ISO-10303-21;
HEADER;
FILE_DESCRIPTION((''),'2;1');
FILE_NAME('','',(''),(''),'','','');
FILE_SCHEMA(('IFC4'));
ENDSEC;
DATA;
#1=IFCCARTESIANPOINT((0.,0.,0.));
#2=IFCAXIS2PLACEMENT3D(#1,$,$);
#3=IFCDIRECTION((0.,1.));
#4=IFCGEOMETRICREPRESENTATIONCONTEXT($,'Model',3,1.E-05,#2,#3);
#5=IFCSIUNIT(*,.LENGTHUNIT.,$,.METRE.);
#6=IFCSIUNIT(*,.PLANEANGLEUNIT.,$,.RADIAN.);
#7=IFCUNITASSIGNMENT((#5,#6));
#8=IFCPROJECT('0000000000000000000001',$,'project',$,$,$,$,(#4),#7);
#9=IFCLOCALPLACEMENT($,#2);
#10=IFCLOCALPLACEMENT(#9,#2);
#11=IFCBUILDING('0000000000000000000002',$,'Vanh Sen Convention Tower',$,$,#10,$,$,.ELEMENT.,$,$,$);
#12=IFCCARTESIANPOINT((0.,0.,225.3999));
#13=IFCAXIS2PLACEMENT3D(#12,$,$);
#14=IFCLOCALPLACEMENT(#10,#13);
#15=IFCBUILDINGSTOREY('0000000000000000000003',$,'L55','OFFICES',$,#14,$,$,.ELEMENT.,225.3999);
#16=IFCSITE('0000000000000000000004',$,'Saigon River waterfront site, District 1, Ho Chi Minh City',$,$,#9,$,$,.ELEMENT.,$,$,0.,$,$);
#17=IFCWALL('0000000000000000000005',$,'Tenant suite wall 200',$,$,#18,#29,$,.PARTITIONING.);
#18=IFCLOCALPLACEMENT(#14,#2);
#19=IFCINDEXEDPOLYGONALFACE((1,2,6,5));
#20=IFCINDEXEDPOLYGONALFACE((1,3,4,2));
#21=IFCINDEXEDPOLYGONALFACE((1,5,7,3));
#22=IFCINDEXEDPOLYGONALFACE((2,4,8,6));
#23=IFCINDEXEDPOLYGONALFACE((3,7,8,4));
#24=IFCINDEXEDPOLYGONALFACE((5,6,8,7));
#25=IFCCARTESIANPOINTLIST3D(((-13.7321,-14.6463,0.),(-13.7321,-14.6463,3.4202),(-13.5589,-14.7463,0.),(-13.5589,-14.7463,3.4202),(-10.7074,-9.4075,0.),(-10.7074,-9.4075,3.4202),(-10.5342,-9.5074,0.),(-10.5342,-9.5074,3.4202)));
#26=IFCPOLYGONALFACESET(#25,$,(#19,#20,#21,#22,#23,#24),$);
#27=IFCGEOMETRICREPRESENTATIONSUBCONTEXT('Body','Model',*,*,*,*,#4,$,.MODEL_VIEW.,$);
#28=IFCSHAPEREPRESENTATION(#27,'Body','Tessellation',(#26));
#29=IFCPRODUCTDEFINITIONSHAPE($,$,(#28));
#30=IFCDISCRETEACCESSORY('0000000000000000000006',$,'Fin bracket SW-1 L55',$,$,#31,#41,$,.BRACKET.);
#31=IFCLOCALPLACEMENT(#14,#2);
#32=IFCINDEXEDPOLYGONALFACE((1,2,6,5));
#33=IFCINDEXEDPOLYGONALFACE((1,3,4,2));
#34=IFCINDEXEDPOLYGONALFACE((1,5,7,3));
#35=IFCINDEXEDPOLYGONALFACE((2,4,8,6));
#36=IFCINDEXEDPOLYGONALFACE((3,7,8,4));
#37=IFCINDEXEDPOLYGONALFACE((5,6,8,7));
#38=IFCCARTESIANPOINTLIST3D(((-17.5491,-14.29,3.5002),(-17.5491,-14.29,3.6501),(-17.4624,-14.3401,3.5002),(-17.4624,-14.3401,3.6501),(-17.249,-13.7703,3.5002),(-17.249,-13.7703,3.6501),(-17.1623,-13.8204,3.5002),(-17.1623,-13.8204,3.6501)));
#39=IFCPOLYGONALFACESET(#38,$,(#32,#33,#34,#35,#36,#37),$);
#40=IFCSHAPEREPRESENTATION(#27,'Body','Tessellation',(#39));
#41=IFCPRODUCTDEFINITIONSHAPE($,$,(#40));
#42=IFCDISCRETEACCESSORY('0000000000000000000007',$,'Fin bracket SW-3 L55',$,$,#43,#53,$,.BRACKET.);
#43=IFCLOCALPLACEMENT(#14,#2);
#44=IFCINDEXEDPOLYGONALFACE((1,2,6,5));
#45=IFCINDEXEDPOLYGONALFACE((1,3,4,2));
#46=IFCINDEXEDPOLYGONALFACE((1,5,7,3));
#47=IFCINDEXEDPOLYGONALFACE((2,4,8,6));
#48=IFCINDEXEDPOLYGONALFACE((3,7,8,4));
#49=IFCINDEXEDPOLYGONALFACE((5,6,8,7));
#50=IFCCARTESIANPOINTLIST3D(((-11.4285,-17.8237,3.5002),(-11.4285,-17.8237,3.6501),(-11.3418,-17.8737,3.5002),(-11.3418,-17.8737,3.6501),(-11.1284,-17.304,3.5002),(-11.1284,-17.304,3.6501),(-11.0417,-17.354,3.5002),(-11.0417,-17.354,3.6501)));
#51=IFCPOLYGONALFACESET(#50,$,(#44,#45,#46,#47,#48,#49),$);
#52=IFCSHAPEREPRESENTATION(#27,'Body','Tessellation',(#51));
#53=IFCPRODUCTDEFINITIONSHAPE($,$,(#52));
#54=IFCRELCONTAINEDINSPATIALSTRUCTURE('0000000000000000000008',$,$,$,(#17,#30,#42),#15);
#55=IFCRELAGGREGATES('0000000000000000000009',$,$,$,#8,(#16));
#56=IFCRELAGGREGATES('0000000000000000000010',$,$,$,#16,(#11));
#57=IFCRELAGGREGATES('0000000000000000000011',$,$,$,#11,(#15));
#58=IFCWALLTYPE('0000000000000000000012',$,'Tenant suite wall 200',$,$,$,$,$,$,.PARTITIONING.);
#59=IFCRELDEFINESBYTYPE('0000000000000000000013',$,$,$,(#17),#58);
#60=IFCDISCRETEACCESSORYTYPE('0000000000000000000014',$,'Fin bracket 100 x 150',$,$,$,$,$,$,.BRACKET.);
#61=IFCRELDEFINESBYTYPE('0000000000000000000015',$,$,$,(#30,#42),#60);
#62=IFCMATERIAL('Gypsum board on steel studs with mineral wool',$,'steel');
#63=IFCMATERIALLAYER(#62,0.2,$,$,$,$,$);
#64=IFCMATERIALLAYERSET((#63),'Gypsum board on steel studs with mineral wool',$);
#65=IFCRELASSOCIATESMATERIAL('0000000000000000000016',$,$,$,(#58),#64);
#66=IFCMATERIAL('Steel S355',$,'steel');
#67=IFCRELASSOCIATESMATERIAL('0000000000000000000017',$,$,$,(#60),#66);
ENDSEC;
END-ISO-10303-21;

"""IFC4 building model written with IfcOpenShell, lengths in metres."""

from ifc_helpers import new_model, si_unit, direction, frame, frame_2d, origin, origin_2d, place, context, subcontext, project, spatial, rectangle, extrude, material, layer, layer_set, type_object, element, save


model = new_model("IFC4")

# Units and contexts
model_context = context("Model", 3, precision=1e-05, world=origin(), true_north=direction((0.0, 1.0)))
body_context = subcontext(model_context, "Body", "Model", "MODEL_VIEW")
ifc_project = project(units=[si_unit("LENGTHUNIT", "METRE"), si_unit("PLANEANGLEUNIT", "RADIAN")], contexts=[model_context])

# Site, building, storey
site_placement = place(None, origin())
site = spatial("IfcSite", under=ifc_project, at=site_placement, Name="Saigon River waterfront site, District 1, Ho Chi Minh City", CompositionType="ELEMENT", RefElevation=0.0)
building_placement = place(site_placement, origin())
building = spatial("IfcBuilding", under=site, at=building_placement, Name="Vanh Sen Convention Tower", CompositionType="ELEMENT")
storey_placement = place(building_placement, frame((0.0, 0.0, 225.3999)))
storey = spatial("IfcBuildingStorey", under=building, at=storey_placement, Name="L55", Description="OFFICES", CompositionType="ELEMENT", Elevation=225.3999)

# Shared definitions
ifc_material_1 = material(Name="Gypsum board on steel studs with mineral wool", Category="steel")

# Wall
ifc_layer_1 = layer(ifc_material_1, 0.2)
ifc_layer_set_1 = layer_set([ifc_layer_1], Name="Gypsum board on steel studs with mineral wool")
wall_type_1 = type_object("IfcWallType", Name="Tenant suite wall 200", PredefinedType="PARTITIONING", material=ifc_layer_set_1)
wall_1_placement = place(storey_placement, frame((-13.6455, -14.6963, 0.0), z_axis=(0.0, 0.0, 1.0), x_axis=(0.500007, 0.866022, 0.0)))
element("IfcWall", 1, at=wall_1_placement, inside=storey, type_object=wall_type_1, Name="Tenant suite wall 200", PredefinedType="PARTITIONING", context=body_context, shape_type="SweptSolid", body=[
    extrude(rectangle(XDim=6.0493, YDim=0.2, at=frame_2d((3.0247, 0.0))), origin(), (0.0, 0.0, 1.0), 3.4202),
])

# Discrete accessories
ifc_material_2 = material(Name="Steel S355", Category="steel")
discrete_accessory_type = type_object("IfcDiscreteAccessoryType", Name="Fin bracket 100 x 150", PredefinedType="BRACKET", material=ifc_material_2)
for number, where, z_axis, x_axis, name in (
    (2, (-17.3557, -14.0552, 3.5002), (0.0, 0.0, 1.0), (-0.5, -0.866025, 0.0), "Fin bracket SW-1 L55"),
    (3, (-11.2351, -17.5889, 3.5002), (0.0, 0.0, 1.0), (-0.5, -0.866025, 0.0), "Fin bracket SW-3 L55"),
):
    element("IfcDiscreteAccessory", number, at=place(storey_placement, frame(where, z_axis=z_axis, x_axis=x_axis)), inside=storey, type_object=discrete_accessory_type, Name=name, PredefinedType="BRACKET", context=body_context, shape_type="SweptSolid", body=[
        extrude(rectangle(XDim=0.6001, YDim=0.1001, at=origin_2d()), origin(), (0.0, 0.0, 1.0), 0.1499),
    ])

save(model, "model.ifc")
